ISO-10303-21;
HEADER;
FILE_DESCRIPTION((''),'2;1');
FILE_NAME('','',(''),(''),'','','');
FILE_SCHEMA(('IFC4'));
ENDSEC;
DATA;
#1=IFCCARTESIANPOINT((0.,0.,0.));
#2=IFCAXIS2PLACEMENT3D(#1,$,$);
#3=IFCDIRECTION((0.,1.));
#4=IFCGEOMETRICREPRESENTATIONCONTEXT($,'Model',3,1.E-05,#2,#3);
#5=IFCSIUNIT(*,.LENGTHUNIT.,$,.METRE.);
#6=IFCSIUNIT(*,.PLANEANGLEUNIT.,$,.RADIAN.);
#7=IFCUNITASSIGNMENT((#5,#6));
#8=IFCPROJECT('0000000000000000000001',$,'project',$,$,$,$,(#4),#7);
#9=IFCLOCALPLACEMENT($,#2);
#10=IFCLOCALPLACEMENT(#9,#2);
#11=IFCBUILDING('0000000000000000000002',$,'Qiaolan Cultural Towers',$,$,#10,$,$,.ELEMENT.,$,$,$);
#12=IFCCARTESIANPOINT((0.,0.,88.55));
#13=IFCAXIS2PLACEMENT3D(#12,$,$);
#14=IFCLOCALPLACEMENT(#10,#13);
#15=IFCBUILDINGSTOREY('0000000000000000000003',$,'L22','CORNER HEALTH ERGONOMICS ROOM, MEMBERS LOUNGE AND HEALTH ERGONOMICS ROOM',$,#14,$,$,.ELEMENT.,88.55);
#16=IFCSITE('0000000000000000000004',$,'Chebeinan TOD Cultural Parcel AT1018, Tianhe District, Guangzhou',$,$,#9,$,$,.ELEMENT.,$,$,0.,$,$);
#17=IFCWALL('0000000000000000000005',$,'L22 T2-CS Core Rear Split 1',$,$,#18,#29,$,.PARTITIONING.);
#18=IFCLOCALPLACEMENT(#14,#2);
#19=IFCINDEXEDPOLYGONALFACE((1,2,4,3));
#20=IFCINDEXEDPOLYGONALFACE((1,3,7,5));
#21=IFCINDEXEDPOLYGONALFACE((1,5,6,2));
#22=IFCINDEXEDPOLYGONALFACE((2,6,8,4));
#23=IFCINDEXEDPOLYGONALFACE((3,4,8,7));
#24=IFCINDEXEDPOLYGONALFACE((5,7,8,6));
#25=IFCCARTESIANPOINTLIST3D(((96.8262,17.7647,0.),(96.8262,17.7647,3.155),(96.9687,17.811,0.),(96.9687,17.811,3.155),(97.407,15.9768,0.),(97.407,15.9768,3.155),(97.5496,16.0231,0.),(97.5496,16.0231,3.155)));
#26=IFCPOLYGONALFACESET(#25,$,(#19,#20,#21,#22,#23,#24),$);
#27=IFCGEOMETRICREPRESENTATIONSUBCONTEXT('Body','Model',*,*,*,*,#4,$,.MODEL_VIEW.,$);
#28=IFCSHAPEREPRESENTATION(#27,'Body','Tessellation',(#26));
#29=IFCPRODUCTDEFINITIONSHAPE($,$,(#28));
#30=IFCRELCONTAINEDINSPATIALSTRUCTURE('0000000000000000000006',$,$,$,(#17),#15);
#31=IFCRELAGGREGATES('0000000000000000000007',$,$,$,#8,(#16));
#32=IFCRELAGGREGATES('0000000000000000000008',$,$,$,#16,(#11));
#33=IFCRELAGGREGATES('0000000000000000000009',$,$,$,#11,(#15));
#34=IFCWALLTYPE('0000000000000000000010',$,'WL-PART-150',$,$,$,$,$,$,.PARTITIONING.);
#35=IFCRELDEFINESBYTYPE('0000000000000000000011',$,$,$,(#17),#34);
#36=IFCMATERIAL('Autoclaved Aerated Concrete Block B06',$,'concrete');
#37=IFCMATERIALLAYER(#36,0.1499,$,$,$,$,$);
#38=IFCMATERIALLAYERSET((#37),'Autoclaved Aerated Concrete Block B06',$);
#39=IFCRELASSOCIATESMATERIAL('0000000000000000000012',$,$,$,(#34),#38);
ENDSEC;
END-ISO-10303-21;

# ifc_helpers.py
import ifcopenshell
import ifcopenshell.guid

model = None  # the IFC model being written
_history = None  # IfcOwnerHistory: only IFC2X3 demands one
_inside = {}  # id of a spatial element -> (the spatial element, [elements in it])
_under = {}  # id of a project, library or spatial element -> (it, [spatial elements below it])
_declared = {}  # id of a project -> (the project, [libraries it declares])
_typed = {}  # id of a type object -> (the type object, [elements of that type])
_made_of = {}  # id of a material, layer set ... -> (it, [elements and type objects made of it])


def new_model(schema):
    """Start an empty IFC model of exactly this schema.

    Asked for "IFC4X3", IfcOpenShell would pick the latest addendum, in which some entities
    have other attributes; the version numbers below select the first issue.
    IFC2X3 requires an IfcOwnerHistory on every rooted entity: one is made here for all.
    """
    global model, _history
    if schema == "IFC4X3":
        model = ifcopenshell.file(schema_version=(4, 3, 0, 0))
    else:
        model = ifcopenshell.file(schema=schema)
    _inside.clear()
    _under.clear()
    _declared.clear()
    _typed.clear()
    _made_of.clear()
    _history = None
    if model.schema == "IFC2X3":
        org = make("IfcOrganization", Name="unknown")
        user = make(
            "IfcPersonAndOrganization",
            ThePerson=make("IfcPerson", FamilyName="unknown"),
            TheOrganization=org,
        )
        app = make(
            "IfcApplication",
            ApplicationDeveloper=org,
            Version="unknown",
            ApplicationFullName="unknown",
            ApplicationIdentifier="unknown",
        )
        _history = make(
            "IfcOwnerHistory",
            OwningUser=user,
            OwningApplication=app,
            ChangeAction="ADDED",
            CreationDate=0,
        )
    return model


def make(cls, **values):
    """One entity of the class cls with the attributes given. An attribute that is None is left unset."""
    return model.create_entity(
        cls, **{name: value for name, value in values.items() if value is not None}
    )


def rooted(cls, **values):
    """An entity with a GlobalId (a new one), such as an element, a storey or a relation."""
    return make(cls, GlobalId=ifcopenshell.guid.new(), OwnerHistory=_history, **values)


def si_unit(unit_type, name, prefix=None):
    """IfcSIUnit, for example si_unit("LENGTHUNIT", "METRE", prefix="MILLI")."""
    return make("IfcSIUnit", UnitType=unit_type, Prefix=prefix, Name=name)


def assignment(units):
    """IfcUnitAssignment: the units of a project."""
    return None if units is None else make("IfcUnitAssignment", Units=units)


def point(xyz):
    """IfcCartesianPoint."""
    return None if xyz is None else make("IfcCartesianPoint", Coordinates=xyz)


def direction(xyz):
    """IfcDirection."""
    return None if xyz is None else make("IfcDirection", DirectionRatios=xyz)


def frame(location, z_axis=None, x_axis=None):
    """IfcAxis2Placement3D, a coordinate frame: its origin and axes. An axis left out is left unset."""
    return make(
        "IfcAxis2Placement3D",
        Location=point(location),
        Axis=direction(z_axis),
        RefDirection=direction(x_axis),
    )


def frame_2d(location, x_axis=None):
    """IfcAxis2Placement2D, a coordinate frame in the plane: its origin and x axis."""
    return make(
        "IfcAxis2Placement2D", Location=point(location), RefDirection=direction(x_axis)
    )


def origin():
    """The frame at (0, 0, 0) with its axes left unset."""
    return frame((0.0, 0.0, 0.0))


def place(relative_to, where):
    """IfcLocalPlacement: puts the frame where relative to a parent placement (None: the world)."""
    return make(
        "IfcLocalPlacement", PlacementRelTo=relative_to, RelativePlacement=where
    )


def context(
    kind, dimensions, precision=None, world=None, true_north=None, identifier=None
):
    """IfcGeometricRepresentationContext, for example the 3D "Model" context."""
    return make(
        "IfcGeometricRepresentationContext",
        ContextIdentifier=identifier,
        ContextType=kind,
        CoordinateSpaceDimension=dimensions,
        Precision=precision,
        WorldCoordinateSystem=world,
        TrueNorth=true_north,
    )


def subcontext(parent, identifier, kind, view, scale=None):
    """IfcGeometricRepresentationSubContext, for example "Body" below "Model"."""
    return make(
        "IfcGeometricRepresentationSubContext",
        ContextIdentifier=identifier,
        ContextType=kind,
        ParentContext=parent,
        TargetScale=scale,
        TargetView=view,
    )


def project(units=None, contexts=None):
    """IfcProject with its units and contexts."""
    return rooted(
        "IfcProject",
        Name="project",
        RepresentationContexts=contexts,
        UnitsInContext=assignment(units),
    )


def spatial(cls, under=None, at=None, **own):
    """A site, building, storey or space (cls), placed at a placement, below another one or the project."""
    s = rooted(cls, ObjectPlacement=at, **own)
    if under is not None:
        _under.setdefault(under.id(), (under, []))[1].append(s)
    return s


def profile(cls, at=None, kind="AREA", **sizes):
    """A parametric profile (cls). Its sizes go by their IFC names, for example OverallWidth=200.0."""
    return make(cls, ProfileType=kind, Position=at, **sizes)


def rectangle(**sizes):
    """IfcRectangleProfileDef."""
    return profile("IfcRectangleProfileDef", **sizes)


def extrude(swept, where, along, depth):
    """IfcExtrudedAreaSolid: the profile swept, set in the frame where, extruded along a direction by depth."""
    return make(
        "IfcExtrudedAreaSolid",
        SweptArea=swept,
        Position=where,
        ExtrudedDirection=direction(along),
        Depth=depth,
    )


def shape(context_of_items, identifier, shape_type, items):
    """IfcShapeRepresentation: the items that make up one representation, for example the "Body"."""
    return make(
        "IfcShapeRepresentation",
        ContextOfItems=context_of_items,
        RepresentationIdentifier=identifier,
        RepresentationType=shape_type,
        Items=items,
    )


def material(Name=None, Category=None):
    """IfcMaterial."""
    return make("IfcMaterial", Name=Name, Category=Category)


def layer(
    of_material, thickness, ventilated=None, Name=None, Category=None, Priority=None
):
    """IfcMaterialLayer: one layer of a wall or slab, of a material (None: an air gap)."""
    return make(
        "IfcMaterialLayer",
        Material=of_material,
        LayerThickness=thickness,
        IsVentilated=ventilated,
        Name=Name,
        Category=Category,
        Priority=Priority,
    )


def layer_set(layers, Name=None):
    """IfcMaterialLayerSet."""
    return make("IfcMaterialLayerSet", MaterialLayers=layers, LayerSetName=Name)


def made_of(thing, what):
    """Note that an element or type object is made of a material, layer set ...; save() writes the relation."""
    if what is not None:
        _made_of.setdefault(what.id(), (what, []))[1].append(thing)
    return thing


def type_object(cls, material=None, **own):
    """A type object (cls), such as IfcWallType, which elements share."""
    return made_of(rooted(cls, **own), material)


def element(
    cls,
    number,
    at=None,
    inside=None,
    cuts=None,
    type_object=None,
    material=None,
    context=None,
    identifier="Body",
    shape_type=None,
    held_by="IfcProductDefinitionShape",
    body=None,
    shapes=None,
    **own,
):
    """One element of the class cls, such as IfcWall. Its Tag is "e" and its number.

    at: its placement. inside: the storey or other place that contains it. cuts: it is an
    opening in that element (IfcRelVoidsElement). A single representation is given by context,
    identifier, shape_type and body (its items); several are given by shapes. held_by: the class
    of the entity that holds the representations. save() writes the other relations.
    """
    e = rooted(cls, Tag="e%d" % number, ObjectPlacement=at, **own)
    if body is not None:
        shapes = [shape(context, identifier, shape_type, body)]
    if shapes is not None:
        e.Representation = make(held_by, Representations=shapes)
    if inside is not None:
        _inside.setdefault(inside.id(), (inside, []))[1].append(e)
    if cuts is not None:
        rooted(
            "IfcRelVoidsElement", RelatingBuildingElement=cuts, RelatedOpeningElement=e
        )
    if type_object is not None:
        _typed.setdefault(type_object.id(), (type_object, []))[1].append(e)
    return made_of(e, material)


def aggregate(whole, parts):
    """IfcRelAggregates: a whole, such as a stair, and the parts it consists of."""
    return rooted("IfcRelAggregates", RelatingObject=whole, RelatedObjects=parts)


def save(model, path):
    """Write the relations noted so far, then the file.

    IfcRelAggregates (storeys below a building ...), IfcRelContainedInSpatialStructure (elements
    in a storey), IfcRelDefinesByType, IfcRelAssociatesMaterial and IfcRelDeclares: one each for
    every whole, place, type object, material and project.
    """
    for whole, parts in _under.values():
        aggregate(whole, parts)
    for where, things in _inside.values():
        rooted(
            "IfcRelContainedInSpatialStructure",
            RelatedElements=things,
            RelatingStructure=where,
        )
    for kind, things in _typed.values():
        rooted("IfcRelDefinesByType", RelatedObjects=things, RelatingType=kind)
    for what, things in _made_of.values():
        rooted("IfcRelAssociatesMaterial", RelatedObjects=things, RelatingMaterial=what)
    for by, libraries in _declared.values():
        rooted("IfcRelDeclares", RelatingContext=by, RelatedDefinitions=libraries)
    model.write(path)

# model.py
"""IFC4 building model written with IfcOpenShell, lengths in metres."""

from ifc_helpers import new_model, si_unit, direction, frame, frame_2d, origin, place, context, subcontext, project, spatial, rectangle, extrude, material, layer, layer_set, type_object, element, save


model = new_model("IFC4")

# Units and contexts
model_context = context("Model", 3, precision=1e-05, world=origin(), true_north=direction((0.0, 1.0)))
body_context = subcontext(model_context, "Body", "Model", "MODEL_VIEW")
ifc_project = project(units=[si_unit("LENGTHUNIT", "METRE"), si_unit("PLANEANGLEUNIT", "RADIAN")], contexts=[model_context])

# Site, building, storey
site_placement = place(None, origin())
site = spatial("IfcSite", under=ifc_project, at=site_placement, Name="Chebeinan TOD Cultural Parcel AT1018, Tianhe District, Guangzhou", CompositionType="ELEMENT", RefElevation=0.0)
building_placement = place(site_placement, origin())
building = spatial("IfcBuilding", under=site, at=building_placement, Name="Qiaolan Cultural Towers", CompositionType="ELEMENT")
storey_placement = place(building_placement, frame((0.0, 0.0, 88.55)))
storey = spatial("IfcBuildingStorey", under=building, at=storey_placement, Name="L22", Description="CORNER HEALTH ERGONOMICS ROOM, MEMBERS LOUNGE AND HEALTH ERGONOMICS ROOM", CompositionType="ELEMENT", Elevation=88.55)

# Shared definitions
ifc_material_1 = material(Name="Autoclaved Aerated Concrete Block B06", Category="concrete")
ifc_layer_1 = layer(ifc_material_1, 0.1499)
ifc_layer_set_1 = layer_set([ifc_layer_1], Name="Autoclaved Aerated Concrete Block B06")
wall_type_1 = type_object("IfcWallType", Name="WL-PART-150", PredefinedType="PARTITIONING", material=ifc_layer_set_1)

# Wall
wall_1_placement = place(storey_placement, frame((96.8975, 17.7878, 0.0), z_axis=(0.0, 0.0, 1.0), x_axis=(0.308972, -0.951071, 0.0)))
element("IfcWall", 1, at=wall_1_placement, inside=storey, type_object=wall_type_1, Name="L22 T2-CS Core Rear Split 1", PredefinedType="PARTITIONING", context=body_context, shape_type="SweptSolid", body=[
    extrude(rectangle(XDim=1.8799, YDim=0.1499, at=frame_2d((0.9399, 0.0))), origin(), (0.0, 0.0, 1.0), 3.155),
])

save(model, "model.ifc")
